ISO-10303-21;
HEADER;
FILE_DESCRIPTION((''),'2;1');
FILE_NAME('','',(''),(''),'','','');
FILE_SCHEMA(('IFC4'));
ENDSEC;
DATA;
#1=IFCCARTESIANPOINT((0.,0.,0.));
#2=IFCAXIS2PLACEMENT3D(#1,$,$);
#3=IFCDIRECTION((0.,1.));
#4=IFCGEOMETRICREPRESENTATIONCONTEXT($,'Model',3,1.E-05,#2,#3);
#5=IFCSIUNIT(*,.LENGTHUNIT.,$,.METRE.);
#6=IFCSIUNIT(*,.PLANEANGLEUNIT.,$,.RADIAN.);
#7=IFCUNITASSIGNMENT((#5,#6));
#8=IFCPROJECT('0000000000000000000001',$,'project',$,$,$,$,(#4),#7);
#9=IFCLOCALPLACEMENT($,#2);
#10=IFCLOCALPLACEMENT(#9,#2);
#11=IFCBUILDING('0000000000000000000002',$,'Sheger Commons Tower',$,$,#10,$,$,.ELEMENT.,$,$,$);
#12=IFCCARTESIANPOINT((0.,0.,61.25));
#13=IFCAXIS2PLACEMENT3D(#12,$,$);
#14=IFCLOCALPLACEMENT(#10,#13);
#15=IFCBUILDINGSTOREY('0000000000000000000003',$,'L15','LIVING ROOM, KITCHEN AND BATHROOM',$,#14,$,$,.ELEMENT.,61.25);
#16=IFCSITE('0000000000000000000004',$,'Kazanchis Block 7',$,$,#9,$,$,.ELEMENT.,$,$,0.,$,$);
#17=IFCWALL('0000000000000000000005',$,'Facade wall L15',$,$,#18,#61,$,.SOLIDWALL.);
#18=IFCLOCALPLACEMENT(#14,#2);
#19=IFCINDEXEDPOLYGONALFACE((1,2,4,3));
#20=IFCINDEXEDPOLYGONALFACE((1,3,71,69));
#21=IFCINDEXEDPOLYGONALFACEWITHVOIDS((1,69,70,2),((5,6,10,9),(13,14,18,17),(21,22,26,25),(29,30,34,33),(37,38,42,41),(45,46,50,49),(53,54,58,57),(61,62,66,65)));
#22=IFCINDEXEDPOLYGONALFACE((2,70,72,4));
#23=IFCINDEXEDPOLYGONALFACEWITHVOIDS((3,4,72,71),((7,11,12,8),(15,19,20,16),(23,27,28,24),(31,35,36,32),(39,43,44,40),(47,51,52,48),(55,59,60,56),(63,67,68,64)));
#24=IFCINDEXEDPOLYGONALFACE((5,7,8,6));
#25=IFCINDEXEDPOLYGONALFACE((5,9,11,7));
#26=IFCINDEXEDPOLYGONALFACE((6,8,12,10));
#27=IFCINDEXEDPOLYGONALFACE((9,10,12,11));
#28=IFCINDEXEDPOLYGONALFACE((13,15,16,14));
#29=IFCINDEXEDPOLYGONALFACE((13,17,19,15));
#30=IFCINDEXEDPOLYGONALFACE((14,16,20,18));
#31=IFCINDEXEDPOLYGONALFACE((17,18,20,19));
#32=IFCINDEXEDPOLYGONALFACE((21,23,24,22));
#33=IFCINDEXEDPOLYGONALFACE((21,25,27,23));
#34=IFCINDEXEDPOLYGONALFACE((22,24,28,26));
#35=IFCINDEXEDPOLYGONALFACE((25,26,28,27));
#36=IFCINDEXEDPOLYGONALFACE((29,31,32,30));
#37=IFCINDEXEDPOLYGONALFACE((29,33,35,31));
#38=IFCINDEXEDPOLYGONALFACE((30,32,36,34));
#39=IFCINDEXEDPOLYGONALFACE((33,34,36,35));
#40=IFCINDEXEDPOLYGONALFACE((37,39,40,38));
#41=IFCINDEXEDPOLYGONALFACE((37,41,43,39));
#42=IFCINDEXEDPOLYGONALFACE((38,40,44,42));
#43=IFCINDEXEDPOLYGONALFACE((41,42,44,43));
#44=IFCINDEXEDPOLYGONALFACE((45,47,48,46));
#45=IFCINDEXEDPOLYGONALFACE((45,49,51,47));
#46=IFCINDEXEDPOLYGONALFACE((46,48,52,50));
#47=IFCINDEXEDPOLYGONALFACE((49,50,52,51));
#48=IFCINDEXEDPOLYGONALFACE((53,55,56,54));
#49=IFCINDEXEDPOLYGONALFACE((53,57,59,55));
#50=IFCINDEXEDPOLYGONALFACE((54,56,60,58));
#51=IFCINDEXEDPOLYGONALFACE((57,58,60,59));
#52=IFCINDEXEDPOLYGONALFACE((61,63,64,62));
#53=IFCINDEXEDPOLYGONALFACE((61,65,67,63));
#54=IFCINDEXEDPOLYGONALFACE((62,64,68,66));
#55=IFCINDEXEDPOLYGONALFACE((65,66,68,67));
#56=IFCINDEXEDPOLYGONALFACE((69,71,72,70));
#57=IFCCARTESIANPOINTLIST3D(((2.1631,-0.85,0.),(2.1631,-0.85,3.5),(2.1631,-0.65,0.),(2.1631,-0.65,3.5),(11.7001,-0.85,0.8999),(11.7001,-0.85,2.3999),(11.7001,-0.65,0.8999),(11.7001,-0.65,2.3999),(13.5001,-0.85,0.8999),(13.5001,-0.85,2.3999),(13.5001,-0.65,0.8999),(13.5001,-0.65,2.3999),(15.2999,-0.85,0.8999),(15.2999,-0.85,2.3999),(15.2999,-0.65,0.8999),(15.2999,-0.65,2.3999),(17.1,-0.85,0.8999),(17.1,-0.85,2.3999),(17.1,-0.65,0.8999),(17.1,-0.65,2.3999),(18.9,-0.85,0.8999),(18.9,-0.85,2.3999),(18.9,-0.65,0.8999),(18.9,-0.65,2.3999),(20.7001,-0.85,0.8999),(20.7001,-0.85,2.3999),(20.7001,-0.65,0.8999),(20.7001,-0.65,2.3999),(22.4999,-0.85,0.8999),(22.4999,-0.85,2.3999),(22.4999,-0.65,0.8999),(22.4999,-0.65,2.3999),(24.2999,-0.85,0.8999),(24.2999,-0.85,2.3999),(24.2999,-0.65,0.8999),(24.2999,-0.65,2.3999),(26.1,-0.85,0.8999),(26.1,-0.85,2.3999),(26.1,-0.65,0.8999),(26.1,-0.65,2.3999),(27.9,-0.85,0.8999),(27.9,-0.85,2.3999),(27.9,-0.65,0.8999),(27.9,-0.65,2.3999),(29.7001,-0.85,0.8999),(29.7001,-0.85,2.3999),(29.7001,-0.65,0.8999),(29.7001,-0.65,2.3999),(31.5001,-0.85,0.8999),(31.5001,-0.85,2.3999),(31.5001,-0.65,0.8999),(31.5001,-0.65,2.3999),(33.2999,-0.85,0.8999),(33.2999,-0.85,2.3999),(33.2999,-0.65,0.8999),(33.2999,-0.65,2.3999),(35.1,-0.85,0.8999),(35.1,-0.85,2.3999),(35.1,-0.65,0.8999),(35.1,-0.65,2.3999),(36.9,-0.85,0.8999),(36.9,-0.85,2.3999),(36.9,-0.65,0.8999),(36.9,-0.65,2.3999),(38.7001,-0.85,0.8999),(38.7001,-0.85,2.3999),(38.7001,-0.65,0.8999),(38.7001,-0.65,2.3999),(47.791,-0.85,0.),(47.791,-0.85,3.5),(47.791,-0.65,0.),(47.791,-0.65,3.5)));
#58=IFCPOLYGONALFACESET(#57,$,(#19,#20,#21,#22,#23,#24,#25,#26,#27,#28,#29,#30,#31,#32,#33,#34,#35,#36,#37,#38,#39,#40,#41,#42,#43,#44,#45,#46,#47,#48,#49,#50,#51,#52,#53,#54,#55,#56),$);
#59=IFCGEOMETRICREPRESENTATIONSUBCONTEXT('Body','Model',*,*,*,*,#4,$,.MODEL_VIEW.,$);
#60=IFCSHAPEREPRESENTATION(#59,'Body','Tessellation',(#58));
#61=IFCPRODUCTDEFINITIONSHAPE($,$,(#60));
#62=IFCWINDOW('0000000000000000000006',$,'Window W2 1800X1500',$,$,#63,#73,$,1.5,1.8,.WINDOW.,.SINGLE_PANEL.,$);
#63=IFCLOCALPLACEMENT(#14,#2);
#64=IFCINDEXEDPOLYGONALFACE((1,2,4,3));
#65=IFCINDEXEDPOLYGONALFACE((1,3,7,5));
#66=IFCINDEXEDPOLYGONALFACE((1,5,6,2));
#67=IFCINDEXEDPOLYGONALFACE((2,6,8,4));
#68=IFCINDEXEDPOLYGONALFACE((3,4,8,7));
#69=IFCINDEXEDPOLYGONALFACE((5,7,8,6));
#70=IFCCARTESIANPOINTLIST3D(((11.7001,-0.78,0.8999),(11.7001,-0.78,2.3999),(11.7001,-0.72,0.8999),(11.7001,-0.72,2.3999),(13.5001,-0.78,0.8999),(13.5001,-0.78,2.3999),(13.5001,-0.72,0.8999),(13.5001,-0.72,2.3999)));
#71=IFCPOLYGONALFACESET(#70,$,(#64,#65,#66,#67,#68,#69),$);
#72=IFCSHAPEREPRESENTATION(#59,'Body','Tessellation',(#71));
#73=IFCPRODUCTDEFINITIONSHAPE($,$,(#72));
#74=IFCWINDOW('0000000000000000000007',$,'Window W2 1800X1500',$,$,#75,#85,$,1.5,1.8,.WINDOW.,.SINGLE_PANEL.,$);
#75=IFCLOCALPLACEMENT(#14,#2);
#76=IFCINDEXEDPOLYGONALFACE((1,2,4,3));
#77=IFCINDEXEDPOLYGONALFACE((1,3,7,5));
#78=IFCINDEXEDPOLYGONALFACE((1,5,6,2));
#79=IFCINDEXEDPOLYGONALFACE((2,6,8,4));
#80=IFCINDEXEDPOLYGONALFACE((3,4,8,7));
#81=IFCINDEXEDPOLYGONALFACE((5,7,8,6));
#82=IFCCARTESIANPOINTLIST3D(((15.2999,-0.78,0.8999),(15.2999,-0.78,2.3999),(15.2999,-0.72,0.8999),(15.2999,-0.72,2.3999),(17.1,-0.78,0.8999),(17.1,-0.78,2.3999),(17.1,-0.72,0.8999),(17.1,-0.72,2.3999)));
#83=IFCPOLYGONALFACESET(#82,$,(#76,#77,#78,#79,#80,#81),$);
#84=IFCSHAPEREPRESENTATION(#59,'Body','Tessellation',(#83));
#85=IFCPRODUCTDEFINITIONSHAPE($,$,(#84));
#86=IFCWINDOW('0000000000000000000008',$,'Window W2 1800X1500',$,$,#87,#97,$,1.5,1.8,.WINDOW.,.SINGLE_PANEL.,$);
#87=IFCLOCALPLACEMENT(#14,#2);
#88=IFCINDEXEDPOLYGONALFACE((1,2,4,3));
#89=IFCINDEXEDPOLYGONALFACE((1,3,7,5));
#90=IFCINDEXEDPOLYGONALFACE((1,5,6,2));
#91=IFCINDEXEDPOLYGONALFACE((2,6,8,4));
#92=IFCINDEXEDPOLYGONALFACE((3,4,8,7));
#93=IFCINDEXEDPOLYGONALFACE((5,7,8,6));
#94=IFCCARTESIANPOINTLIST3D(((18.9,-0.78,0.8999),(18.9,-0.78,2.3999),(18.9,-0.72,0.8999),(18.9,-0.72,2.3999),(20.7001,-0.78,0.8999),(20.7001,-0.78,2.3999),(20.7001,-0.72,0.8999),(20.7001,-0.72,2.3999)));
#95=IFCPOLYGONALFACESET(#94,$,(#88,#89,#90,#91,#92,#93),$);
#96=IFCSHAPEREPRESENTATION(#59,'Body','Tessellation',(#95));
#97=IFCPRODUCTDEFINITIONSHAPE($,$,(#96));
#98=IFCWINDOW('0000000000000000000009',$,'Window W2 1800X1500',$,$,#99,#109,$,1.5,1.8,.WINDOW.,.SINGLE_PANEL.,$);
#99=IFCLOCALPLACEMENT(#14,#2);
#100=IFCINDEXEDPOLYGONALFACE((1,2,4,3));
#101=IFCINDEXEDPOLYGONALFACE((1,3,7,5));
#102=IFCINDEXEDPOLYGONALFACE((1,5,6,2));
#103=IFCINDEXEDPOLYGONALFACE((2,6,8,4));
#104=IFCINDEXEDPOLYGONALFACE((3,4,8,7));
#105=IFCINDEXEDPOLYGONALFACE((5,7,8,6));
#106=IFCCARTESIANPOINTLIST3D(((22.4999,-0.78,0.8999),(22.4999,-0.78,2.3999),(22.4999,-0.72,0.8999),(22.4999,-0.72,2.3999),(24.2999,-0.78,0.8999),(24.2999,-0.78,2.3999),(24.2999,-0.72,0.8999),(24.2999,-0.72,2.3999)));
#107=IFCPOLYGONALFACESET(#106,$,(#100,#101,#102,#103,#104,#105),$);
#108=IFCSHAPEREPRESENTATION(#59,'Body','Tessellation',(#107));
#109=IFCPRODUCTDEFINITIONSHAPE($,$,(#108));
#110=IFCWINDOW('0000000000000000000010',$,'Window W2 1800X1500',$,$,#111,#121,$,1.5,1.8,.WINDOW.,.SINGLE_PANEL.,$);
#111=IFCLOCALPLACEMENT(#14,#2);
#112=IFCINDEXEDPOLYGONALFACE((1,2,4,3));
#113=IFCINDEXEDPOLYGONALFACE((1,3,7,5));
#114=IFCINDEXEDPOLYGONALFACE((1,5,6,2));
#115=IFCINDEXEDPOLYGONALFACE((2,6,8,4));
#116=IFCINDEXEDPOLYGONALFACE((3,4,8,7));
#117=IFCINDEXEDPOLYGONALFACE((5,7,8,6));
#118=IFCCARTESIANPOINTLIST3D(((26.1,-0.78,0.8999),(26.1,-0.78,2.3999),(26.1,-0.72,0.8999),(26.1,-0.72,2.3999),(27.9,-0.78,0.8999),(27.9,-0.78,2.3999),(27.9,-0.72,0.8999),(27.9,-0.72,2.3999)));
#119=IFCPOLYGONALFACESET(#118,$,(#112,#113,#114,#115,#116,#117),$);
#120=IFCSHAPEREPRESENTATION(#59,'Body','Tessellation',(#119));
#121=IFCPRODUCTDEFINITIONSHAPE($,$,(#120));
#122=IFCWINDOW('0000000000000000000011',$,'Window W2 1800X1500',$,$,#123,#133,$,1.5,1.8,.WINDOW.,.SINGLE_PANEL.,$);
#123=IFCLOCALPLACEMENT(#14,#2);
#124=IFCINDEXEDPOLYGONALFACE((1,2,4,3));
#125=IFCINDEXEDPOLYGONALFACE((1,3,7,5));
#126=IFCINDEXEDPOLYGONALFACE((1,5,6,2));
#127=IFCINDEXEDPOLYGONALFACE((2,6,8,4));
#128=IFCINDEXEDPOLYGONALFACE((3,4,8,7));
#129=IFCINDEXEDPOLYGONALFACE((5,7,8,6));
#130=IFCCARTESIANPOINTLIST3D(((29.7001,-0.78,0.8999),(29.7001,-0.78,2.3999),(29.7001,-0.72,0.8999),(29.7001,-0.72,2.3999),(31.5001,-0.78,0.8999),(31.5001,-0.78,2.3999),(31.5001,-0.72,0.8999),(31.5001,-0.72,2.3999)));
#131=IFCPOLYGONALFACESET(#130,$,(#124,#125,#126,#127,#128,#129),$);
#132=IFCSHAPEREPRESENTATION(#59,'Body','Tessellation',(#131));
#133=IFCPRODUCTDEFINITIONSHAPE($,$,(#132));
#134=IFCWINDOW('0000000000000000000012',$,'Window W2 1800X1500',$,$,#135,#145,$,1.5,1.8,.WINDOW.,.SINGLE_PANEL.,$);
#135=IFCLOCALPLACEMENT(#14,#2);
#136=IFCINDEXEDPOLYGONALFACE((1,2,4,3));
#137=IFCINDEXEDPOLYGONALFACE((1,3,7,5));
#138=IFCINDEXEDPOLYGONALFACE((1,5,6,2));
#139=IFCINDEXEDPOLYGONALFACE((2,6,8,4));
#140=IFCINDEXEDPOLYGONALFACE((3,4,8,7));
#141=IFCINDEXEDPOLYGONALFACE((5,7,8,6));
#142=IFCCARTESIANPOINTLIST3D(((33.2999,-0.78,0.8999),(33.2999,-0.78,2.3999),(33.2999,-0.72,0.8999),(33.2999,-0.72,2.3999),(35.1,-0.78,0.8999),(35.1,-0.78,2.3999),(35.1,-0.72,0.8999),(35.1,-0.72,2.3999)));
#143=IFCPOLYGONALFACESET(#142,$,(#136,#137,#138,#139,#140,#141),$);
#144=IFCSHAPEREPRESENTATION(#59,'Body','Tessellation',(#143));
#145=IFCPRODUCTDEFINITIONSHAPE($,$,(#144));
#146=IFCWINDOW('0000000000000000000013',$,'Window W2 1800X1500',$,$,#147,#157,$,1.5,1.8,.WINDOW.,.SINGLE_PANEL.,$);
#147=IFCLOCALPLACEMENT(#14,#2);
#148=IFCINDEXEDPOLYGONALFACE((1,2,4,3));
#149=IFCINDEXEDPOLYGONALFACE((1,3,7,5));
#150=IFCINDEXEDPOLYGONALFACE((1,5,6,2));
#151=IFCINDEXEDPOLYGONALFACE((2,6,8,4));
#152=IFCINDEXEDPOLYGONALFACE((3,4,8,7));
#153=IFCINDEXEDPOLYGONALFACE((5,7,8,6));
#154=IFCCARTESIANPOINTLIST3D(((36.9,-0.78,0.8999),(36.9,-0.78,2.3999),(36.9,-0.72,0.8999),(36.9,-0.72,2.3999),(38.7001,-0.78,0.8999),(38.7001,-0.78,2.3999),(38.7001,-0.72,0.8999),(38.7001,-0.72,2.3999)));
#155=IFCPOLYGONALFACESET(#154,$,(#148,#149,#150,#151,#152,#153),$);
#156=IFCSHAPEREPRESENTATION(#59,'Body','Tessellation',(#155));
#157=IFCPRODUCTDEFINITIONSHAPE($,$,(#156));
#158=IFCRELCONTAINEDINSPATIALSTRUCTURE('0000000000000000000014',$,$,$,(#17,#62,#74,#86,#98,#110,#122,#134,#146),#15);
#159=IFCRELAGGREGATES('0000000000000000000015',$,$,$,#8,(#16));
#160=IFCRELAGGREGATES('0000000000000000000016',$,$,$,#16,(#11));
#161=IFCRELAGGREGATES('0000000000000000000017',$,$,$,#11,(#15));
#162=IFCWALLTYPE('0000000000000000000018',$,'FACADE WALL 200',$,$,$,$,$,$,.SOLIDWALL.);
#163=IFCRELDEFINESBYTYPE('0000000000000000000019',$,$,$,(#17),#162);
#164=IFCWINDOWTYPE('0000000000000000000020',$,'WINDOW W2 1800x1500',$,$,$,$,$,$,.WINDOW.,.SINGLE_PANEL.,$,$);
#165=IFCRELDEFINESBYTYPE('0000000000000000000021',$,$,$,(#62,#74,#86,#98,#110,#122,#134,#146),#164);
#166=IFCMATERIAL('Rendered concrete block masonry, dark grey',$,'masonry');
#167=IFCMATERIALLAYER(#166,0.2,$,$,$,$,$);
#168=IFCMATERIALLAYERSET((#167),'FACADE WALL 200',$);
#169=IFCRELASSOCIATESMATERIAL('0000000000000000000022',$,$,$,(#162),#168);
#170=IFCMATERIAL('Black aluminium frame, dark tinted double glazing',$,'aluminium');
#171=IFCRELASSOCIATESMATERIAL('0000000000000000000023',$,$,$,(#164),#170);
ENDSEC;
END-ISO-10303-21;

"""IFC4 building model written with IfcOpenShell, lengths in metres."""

from ifc_helpers import new_model, si_unit, direction, frame, frame_2d, origin, place, context, subcontext, project, spatial, rectangle, extrude, material, layer, layer_set, type_object, element, fill, save


model = new_model("IFC4")

# Units and contexts
model_context = context("Model", 3, precision=1e-05, world=origin(), true_north=direction((0.0, 1.0)))
body_context = subcontext(model_context, "Body", "Model", "MODEL_VIEW")
ifc_project = project(units=[si_unit("LENGTHUNIT", "METRE"), si_unit("PLANEANGLEUNIT", "RADIAN")], contexts=[model_context])

# Site, building, storey
site_placement = place(None, origin())
site = spatial("IfcSite", under=ifc_project, at=site_placement, Name="Kazanchis Block 7", CompositionType="ELEMENT", RefElevation=0.0)
building_placement = place(site_placement, origin())
building = spatial("IfcBuilding", under=site, at=building_placement, Name="Sheger Commons Tower", CompositionType="ELEMENT")
storey_placement = place(building_placement, frame((0.0, 0.0, 61.25)))
storey = spatial("IfcBuildingStorey", under=building, at=storey_placement, Name="L15", Description="LIVING ROOM, KITCHEN AND BATHROOM", CompositionType="ELEMENT", Elevation=61.25)

# Wall, openings, windows
ifc_material_1 = material(Name="Rendered concrete block masonry, dark grey", Category="masonry")
ifc_layer_1 = layer(ifc_material_1, 0.2)
ifc_layer_set_1 = layer_set([ifc_layer_1], Name="FACADE WALL 200")
wall_type_1 = type_object("IfcWallType", Name="FACADE WALL 200", PredefinedType="SOLIDWALL", material=ifc_layer_set_1)
wall_1_placement = place(storey_placement, frame((2.1631, -0.75, 0.0), z_axis=(0.0, 0.0, 1.0), x_axis=(1.0, 0.0, 0.0)))
wall_1 = element("IfcWall", 1, at=wall_1_placement, inside=storey, type_object=wall_type_1, Name="Facade wall L15", PredefinedType="SOLIDWALL", context=body_context, shape_type="SweptSolid", body=[
    extrude(rectangle(XDim=45.6279, YDim=0.2, at=frame_2d((22.814, 0.0))), origin(), (0.0, 0.0, 1.0), 3.5),
])
opening_1_placement = place(wall_1_placement, frame((9.5371, 0.0, 0.8999)))
opening_1 = element("IfcOpeningElement", 2, at=opening_1_placement, cuts=wall_1, PredefinedType="OPENING", context=body_context, shape_type="SweptSolid", body=[
    extrude(rectangle(XDim=1.8, YDim=1.5, at=frame_2d((0.8999, 0.75))), frame((0.0, 0.1099, 0.0), z_axis=(0.0, -1.0, 0.0), x_axis=(1.0, 0.0, 0.0)), (0.0, 0.0, 1.0), 0.22),
])
opening_2_placement = place(wall_1_placement, frame((13.137, 0.0, 0.8999)))
opening_2 = element("IfcOpeningElement", 3, at=opening_2_placement, cuts=wall_1, PredefinedType="OPENING", context=body_context, shape_type="SweptSolid", body=[
    extrude(rectangle(XDim=1.8, YDim=1.5, at=frame_2d((0.8999, 0.75))), frame((0.0, 0.1099, 0.0), z_axis=(0.0, -1.0, 0.0), x_axis=(1.0, 0.0, 0.0)), (0.0, 0.0, 1.0), 0.22),
])
opening_3_placement = place(wall_1_placement, frame((16.7371, 0.0, 0.8999)))
opening_3 = element("IfcOpeningElement", 4, at=opening_3_placement, cuts=wall_1, PredefinedType="OPENING", context=body_context, shape_type="SweptSolid", body=[
    extrude(rectangle(XDim=1.8, YDim=1.5, at=frame_2d((0.8999, 0.75))), frame((0.0, 0.1099, 0.0), z_axis=(0.0, -1.0, 0.0), x_axis=(1.0, 0.0, 0.0)), (0.0, 0.0, 1.0), 0.22),
])
opening_4_placement = place(wall_1_placement, frame((20.3369, 0.0, 0.8999)))
opening_4 = element("IfcOpeningElement", 5, at=opening_4_placement, cuts=wall_1, PredefinedType="OPENING", context=body_context, shape_type="SweptSolid", body=[
    extrude(rectangle(XDim=1.8, YDim=1.5, at=frame_2d((0.8999, 0.75))), frame((0.0, 0.1099, 0.0), z_axis=(0.0, -1.0, 0.0), x_axis=(1.0, 0.0, 0.0)), (0.0, 0.0, 1.0), 0.22),
])
opening_5_placement = place(wall_1_placement, frame((23.937, 0.0, 0.8999)))
opening_5 = element("IfcOpeningElement", 6, at=opening_5_placement, cuts=wall_1, PredefinedType="OPENING", context=body_context, shape_type="SweptSolid", body=[
    extrude(rectangle(XDim=1.8, YDim=1.5, at=frame_2d((0.8999, 0.75))), frame((0.0, 0.1099, 0.0), z_axis=(0.0, -1.0, 0.0), x_axis=(1.0, 0.0, 0.0)), (0.0, 0.0, 1.0), 0.22),
])
opening_6_placement = place(wall_1_placement, frame((27.5371, 0.0, 0.8999)))
opening_6 = element("IfcOpeningElement", 7, at=opening_6_placement, cuts=wall_1, PredefinedType="OPENING", context=body_context, shape_type="SweptSolid", body=[
    extrude(rectangle(XDim=1.8, YDim=1.5, at=frame_2d((0.8999, 0.75))), frame((0.0, 0.1099, 0.0), z_axis=(0.0, -1.0, 0.0), x_axis=(1.0, 0.0, 0.0)), (0.0, 0.0, 1.0), 0.22),
])
opening_7_placement = place(wall_1_placement, frame((31.137, 0.0, 0.8999)))
opening_7 = element("IfcOpeningElement", 8, at=opening_7_placement, cuts=wall_1, PredefinedType="OPENING", context=body_context, shape_type="SweptSolid", body=[
    extrude(rectangle(XDim=1.8, YDim=1.5, at=frame_2d((0.8999, 0.75))), frame((0.0, 0.1099, 0.0), z_axis=(0.0, -1.0, 0.0), x_axis=(1.0, 0.0, 0.0)), (0.0, 0.0, 1.0), 0.22),
])
opening_8_placement = place(wall_1_placement, frame((34.7371, 0.0, 0.8999)))
opening_8 = element("IfcOpeningElement", 9, at=opening_8_placement, cuts=wall_1, PredefinedType="OPENING", context=body_context, shape_type="SweptSolid", body=[
    extrude(rectangle(XDim=1.8, YDim=1.5, at=frame_2d((0.8999, 0.75))), frame((0.0, 0.1099, 0.0), z_axis=(0.0, -1.0, 0.0), x_axis=(1.0, 0.0, 0.0)), (0.0, 0.0, 1.0), 0.22),
])
ifc_material_2 = material(Name="Black aluminium frame, dark tinted double glazing", Category="aluminium")
window_type = type_object("IfcWindowType", Name="WINDOW W2 1800x1500", PartitioningType="SINGLE_PANEL", PredefinedType="WINDOW", material=ifc_material_2)
window_1_placement = place(opening_1_placement, origin())
window_1 = element("IfcWindow", 10, at=window_1_placement, inside=storey, type_object=window_type, Name="Window W2 1800X1500", OverallHeight=1.5, OverallWidth=1.8, PartitioningType="SINGLE_PANEL", PredefinedType="WINDOW", context=body_context, shape_type="SweptSolid", body=[
    extrude(rectangle(XDim=1.8, YDim=1.5, at=frame_2d((0.8999, 0.75))), frame((0.0, 0.03, 0.0), z_axis=(0.0, -1.0, 0.0), x_axis=(1.0, 0.0, 0.0)), (0.0, 0.0, 1.0), 0.0601),
])
fill(opening_1, window_1)
window_2_placement = place(opening_2_placement, origin())
window_2 = element("IfcWindow", 11, at=window_2_placement, inside=storey, type_object=window_type, Name="Window W2 1800X1500", OverallHeight=1.5, OverallWidth=1.8, PartitioningType="SINGLE_PANEL", PredefinedType="WINDOW", context=body_context, shape_type="SweptSolid", body=[
    extrude(rectangle(XDim=1.8, YDim=1.5, at=frame_2d((0.8999, 0.75))), frame((0.0, 0.03, 0.0), z_axis=(0.0, -1.0, 0.0), x_axis=(1.0, 0.0, 0.0)), (0.0, 0.0, 1.0), 0.0601),
])
fill(opening_2, window_2)
window_3_placement = place(opening_3_placement, origin())
window_3 = element("IfcWindow", 12, at=window_3_placement, inside=storey, type_object=window_type, Name="Window W2 1800X1500", OverallHeight=1.5, OverallWidth=1.8, PartitioningType="SINGLE_PANEL", PredefinedType="WINDOW", context=body_context, shape_type="SweptSolid", body=[
    extrude(rectangle(XDim=1.8, YDim=1.5, at=frame_2d((0.8999, 0.75))), frame((0.0, 0.03, 0.0), z_axis=(0.0, -1.0, 0.0), x_axis=(1.0, 0.0, 0.0)), (0.0, 0.0, 1.0), 0.0601),
])
fill(opening_3, window_3)
window_4_placement = place(opening_4_placement, origin())
window_4 = element("IfcWindow", 13, at=window_4_placement, inside=storey, type_object=window_type, Name="Window W2 1800X1500", OverallHeight=1.5, OverallWidth=1.8, PartitioningType="SINGLE_PANEL", PredefinedType="WINDOW", context=body_context, shape_type="SweptSolid", body=[
    extrude(rectangle(XDim=1.8, YDim=1.5, at=frame_2d((0.8999, 0.75))), frame((0.0, 0.03, 0.0), z_axis=(0.0, -1.0, 0.0), x_axis=(1.0, 0.0, 0.0)), (0.0, 0.0, 1.0), 0.0601),
])
fill(opening_4, window_4)
window_5_placement = place(opening_5_placement, origin())
window_5 = element("IfcWindow", 14, at=window_5_placement, inside=storey, type_object=window_type, Name="Window W2 1800X1500", OverallHeight=1.5, OverallWidth=1.8, PartitioningType="SINGLE_PANEL", PredefinedType="WINDOW", context=body_context, shape_type="SweptSolid", body=[
    extrude(rectangle(XDim=1.8, YDim=1.5, at=frame_2d((0.8999, 0.75))), frame((0.0, 0.03, 0.0), z_axis=(0.0, -1.0, 0.0), x_axis=(1.0, 0.0, 0.0)), (0.0, 0.0, 1.0), 0.0601),
])
fill(opening_5, window_5)
window_6_placement = place(opening_6_placement, origin())
window_6 = element("IfcWindow", 15, at=window_6_placement, inside=storey, type_object=window_type, Name="Window W2 1800X1500", OverallHeight=1.5, OverallWidth=1.8, PartitioningType="SINGLE_PANEL", PredefinedType="WINDOW", context=body_context, shape_type="SweptSolid", body=[
    extrude(rectangle(XDim=1.8, YDim=1.5, at=frame_2d((0.8999, 0.75))), frame((0.0, 0.03, 0.0), z_axis=(0.0, -1.0, 0.0), x_axis=(1.0, 0.0, 0.0)), (0.0, 0.0, 1.0), 0.0601),
])
fill(opening_6, window_6)
window_7_placement = place(opening_7_placement, origin())
window_7 = element("IfcWindow", 16, at=window_7_placement, inside=storey, type_object=window_type, Name="Window W2 1800X1500", OverallHeight=1.5, OverallWidth=1.8, PartitioningType="SINGLE_PANEL", PredefinedType="WINDOW", context=body_context, shape_type="SweptSolid", body=[
    extrude(rectangle(XDim=1.8, YDim=1.5, at=frame_2d((0.8999, 0.75))), frame((0.0, 0.03, 0.0), z_axis=(0.0, -1.0, 0.0), x_axis=(1.0, 0.0, 0.0)), (0.0, 0.0, 1.0), 0.0601),
])
fill(opening_7, window_7)
window_8_placement = place(opening_8_placement, origin())
window_8 = element("IfcWindow", 17, at=window_8_placement, inside=storey, type_object=window_type, Name="Window W2 1800X1500", OverallHeight=1.5, OverallWidth=1.8, PartitioningType="SINGLE_PANEL", PredefinedType="WINDOW", context=body_context, shape_type="SweptSolid", body=[
    extrude(rectangle(XDim=1.8, YDim=1.5, at=frame_2d((0.8999, 0.75))), frame((0.0, 0.03, 0.0), z_axis=(0.0, -1.0, 0.0), x_axis=(1.0, 0.0, 0.0)), (0.0, 0.0, 1.0), 0.0601),
])
fill(opening_8, window_8)

save(model, "model.ifc")
